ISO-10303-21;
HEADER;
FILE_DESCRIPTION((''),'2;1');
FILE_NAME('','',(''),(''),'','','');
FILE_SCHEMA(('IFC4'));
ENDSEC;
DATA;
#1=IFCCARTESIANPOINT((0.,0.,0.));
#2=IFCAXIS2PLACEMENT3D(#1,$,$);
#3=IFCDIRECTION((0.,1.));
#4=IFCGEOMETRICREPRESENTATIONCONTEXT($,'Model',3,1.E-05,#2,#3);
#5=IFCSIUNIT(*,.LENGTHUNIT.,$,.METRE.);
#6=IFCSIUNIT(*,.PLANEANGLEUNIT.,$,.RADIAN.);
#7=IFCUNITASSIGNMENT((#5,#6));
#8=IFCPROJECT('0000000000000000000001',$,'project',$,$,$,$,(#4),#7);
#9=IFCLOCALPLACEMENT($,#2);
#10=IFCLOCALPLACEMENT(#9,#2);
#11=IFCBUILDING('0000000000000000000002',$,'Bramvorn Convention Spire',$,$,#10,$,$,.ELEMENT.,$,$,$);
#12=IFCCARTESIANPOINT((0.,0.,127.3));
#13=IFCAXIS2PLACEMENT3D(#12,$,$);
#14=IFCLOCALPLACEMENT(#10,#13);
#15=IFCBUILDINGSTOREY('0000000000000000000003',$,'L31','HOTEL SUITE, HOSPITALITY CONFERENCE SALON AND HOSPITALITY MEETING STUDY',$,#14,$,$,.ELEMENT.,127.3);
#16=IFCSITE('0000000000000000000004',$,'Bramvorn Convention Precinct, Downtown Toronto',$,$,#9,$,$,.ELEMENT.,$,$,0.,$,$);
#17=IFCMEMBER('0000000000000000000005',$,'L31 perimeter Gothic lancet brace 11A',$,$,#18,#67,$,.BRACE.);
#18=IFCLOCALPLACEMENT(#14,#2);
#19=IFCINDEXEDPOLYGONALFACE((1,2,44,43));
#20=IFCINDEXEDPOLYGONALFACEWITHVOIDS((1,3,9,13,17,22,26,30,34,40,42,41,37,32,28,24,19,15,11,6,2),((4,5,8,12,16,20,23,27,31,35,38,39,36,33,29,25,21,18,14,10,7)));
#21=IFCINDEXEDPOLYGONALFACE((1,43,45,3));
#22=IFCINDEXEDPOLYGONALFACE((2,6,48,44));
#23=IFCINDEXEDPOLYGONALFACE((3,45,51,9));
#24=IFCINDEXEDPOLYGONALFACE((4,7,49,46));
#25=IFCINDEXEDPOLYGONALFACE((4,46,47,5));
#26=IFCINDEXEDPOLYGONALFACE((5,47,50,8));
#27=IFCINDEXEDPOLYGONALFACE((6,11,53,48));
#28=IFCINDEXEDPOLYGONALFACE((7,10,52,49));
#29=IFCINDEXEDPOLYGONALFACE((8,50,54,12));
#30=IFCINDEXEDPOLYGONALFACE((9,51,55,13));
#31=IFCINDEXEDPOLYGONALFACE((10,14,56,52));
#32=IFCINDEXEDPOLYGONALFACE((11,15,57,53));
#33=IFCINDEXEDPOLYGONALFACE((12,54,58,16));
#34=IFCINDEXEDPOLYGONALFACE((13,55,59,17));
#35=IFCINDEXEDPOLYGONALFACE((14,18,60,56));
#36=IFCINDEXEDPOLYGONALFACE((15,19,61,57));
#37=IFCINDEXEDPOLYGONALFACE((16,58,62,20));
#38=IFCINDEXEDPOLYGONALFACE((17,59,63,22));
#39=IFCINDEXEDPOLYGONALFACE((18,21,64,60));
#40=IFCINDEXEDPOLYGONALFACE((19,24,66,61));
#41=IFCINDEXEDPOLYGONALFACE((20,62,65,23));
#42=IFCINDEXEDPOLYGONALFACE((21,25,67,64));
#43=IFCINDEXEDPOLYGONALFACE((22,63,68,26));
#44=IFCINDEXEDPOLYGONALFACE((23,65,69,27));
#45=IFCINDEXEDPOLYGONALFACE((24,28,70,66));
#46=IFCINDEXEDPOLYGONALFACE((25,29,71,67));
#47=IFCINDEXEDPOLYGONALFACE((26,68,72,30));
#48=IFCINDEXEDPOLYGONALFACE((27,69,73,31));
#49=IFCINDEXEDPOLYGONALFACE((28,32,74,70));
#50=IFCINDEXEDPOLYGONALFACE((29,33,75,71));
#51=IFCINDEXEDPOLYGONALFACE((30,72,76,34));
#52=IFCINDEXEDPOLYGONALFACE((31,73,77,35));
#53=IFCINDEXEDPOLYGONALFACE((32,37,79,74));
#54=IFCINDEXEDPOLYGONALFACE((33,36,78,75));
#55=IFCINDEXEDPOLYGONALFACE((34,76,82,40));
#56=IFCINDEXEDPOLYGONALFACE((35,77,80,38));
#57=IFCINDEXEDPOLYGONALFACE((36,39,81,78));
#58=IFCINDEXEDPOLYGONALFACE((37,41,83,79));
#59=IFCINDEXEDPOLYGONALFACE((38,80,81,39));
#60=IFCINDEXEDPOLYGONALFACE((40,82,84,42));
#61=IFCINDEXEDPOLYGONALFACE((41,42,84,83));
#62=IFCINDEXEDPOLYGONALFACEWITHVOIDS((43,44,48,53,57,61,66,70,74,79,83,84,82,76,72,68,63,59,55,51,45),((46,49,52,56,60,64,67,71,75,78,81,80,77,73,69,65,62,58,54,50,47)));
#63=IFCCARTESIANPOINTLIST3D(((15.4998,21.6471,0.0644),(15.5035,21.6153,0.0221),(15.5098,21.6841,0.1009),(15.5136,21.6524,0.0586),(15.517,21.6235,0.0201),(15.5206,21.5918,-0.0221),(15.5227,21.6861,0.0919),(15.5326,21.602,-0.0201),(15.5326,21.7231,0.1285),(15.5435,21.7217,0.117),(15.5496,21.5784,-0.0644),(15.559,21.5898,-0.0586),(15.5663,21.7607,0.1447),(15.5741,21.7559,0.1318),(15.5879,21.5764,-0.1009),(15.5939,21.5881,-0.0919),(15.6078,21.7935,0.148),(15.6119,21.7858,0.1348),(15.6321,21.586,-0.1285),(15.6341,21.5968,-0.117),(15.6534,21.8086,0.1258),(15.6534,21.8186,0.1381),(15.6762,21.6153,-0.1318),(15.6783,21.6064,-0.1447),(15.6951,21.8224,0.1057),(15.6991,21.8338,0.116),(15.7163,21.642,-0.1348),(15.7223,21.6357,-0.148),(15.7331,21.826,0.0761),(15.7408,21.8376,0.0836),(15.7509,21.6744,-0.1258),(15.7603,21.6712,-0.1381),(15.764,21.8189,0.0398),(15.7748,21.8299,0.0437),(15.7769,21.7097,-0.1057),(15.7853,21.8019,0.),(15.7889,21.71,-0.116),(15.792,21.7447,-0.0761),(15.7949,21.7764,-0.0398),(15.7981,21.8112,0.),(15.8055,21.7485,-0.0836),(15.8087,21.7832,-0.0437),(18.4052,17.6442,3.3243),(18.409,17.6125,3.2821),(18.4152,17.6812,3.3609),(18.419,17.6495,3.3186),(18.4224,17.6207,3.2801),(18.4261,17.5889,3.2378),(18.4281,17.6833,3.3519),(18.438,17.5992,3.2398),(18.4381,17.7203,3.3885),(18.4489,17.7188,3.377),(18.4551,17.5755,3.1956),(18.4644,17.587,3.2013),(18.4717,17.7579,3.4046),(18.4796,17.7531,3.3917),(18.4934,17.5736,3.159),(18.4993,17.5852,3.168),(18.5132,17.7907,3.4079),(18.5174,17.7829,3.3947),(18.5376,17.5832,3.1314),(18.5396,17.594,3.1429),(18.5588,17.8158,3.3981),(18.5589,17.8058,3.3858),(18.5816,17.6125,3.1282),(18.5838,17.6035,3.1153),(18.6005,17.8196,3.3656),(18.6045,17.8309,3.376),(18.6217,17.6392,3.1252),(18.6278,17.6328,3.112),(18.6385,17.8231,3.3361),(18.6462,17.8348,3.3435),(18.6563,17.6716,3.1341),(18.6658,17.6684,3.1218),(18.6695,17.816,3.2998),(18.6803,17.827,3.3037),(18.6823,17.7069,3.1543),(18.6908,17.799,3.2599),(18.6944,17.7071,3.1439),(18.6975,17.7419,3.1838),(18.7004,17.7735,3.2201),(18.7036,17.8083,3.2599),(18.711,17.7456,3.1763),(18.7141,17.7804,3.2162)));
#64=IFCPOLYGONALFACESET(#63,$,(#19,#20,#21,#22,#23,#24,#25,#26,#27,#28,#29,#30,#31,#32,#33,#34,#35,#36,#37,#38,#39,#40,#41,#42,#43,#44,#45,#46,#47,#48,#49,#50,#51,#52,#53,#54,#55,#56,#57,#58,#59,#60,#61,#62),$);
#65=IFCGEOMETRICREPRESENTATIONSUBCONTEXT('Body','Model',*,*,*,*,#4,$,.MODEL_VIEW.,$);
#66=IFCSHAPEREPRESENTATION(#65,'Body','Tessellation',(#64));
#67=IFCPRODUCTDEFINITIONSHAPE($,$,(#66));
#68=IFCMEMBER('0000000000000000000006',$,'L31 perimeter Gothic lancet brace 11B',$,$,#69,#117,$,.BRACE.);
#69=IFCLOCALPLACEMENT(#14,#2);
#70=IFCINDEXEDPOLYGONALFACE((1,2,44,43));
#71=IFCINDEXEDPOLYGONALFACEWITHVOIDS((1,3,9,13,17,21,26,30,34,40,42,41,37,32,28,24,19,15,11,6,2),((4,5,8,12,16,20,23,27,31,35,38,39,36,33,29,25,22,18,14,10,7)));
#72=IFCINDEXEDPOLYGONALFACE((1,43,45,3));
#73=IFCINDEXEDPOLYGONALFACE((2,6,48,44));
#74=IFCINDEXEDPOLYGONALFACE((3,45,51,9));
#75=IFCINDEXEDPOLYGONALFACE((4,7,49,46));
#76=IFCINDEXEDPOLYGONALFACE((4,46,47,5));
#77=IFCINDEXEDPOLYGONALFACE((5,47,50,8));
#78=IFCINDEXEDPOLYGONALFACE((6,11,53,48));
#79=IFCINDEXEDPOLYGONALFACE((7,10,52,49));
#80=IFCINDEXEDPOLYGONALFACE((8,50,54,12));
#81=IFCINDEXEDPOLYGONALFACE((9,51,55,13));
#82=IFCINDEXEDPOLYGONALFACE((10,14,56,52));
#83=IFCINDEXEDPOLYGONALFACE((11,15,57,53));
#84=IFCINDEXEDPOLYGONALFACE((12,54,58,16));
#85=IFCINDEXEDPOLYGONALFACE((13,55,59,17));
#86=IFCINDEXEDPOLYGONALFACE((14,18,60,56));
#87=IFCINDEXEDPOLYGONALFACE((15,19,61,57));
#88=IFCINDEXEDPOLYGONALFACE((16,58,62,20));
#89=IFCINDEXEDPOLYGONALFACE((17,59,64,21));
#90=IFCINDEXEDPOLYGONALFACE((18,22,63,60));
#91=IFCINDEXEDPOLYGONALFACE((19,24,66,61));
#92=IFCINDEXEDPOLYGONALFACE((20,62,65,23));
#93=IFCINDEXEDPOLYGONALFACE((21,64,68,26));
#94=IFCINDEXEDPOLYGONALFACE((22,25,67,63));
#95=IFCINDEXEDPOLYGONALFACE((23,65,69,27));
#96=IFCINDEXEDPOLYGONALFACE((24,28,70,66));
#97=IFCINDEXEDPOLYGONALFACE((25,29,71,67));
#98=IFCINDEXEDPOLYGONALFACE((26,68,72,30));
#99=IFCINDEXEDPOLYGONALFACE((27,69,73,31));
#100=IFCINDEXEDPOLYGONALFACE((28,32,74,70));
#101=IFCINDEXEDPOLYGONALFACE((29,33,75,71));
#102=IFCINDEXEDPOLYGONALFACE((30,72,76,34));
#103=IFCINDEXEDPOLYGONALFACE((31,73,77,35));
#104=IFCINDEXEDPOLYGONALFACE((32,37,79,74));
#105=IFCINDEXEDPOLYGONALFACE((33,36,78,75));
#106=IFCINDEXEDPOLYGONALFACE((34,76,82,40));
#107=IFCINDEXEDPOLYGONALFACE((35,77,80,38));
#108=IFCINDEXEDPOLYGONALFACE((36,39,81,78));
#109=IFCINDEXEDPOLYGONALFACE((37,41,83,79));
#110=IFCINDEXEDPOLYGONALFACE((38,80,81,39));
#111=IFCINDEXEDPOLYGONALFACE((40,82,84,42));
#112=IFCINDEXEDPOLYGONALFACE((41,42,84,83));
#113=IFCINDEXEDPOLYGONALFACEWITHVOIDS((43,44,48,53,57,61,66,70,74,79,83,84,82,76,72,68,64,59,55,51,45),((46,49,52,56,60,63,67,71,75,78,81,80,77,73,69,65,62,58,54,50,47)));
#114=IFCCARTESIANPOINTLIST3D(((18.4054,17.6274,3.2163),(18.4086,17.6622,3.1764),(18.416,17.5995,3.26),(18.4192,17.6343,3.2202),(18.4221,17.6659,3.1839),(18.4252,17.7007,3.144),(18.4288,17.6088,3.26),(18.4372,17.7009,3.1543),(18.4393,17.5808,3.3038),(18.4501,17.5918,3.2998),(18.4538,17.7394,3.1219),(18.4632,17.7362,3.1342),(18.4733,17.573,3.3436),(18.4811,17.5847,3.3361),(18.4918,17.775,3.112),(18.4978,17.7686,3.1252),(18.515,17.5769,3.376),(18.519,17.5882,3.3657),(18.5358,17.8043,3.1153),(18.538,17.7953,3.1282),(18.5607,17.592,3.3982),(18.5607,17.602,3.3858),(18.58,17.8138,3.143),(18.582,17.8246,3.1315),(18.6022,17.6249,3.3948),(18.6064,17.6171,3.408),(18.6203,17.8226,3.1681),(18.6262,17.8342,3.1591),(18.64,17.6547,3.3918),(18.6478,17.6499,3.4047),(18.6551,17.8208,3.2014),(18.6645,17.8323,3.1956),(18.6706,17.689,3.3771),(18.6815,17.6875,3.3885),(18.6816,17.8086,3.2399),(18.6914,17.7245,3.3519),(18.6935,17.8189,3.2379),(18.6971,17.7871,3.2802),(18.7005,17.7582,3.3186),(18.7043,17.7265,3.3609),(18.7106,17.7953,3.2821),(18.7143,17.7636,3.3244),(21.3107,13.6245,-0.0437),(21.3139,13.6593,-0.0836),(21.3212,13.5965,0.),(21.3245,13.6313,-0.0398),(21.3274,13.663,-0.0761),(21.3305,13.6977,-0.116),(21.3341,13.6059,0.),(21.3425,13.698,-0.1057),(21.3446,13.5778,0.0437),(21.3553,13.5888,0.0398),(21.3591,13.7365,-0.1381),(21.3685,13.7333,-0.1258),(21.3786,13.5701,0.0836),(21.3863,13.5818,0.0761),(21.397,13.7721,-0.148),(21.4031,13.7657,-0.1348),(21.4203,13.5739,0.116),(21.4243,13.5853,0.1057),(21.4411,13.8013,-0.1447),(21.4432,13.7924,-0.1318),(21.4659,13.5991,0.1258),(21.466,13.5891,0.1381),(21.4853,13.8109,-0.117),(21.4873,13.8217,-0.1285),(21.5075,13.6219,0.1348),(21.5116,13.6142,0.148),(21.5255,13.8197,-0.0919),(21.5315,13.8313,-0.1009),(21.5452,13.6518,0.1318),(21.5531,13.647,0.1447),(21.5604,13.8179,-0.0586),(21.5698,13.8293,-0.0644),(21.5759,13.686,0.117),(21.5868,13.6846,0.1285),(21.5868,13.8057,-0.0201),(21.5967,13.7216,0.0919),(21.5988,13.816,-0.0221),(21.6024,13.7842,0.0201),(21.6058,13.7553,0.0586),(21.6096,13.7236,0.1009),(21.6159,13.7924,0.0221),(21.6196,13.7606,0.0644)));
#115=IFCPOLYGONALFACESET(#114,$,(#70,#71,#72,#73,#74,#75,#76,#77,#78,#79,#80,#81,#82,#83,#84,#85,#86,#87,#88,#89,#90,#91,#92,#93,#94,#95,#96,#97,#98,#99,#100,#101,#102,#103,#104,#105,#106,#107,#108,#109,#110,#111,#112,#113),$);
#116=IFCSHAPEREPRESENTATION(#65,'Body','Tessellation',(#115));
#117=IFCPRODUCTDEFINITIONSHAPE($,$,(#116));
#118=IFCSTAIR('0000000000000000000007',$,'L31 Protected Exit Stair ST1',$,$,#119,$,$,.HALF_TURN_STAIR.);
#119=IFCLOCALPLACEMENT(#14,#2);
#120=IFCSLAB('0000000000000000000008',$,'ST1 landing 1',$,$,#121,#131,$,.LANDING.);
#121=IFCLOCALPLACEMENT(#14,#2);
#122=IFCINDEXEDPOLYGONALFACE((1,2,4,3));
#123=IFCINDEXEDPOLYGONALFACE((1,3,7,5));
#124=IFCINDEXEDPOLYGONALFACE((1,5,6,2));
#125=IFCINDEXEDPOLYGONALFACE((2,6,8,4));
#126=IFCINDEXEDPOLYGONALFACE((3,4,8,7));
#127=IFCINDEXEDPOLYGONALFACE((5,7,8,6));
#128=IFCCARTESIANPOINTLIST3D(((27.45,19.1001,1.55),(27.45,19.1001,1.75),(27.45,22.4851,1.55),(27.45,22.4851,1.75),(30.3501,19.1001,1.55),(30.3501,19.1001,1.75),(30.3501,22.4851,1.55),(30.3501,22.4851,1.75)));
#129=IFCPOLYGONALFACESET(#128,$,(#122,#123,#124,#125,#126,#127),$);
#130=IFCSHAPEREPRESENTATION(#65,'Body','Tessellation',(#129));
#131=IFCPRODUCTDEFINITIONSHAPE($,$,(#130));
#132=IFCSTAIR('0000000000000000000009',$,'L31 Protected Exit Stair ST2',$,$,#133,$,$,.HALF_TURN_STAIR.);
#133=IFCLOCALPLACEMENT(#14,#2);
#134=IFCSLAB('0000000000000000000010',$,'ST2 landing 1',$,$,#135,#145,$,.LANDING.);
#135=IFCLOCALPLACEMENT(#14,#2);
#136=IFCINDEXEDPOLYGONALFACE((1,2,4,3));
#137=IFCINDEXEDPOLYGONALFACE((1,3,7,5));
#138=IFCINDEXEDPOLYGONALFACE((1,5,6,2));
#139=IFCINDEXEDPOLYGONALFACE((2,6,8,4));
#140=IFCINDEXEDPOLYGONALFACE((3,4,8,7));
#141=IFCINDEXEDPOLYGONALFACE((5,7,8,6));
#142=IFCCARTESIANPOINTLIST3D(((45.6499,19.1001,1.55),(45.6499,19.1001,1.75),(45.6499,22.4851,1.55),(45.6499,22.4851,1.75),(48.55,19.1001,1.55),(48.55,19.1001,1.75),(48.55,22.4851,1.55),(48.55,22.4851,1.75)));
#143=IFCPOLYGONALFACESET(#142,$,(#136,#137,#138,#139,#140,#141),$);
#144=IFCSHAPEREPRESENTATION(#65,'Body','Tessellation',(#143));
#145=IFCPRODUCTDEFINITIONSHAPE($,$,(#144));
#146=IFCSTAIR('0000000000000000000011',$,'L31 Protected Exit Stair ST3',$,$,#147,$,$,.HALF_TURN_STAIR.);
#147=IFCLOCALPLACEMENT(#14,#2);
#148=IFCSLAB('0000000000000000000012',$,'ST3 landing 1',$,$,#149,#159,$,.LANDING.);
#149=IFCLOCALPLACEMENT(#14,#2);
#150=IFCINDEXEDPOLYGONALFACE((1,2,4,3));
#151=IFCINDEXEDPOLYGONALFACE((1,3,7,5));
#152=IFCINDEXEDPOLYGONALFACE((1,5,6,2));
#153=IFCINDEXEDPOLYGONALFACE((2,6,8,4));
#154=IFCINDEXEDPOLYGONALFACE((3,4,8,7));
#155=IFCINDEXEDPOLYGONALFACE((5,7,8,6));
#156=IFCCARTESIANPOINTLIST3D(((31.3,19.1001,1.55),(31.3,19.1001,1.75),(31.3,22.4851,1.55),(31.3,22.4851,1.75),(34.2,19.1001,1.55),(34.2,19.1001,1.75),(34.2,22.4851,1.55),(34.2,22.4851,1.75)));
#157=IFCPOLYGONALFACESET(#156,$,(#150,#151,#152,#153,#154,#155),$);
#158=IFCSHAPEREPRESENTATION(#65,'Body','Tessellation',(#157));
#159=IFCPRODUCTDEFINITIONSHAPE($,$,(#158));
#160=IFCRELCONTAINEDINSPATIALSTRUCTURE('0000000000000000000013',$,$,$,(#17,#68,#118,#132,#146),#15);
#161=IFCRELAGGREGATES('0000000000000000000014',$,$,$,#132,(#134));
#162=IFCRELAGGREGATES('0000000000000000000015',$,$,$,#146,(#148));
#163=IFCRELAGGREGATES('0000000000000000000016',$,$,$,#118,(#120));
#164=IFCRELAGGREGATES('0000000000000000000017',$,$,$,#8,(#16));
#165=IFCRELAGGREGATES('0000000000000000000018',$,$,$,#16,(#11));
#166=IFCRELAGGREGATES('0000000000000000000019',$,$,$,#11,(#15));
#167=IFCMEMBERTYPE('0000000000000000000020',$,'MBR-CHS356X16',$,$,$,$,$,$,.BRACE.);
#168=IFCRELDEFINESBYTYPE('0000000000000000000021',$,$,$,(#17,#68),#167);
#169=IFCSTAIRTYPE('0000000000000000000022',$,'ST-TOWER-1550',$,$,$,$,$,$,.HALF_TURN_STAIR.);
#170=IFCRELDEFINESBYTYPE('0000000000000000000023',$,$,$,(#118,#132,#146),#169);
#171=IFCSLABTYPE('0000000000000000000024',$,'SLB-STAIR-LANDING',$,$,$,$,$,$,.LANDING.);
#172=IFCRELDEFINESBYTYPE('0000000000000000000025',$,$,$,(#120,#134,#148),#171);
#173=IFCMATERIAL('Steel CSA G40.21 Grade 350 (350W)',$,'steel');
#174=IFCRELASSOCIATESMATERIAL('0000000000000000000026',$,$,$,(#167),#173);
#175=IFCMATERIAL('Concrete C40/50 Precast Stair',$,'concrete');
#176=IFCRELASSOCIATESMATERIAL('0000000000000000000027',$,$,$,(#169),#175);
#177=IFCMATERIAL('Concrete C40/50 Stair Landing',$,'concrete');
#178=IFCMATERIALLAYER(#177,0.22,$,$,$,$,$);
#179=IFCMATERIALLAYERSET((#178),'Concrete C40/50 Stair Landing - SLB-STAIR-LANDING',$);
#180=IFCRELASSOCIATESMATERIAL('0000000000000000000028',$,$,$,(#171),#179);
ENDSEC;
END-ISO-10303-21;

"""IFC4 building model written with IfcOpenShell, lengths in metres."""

from ifc_helpers import new_model, si_unit, direction, frame, origin, origin_2d, place, context, subcontext, project, spatial, polyline, hollow_circle, outline, extrude, material, layer, layer_set, material_profile, profile_set, type_object, element, aggregate, save


model = new_model("IFC4")

# Units and contexts
model_context = context("Model", 3, precision=1e-05, world=origin(), true_north=direction((0.0, 1.0)))
body_context = subcontext(model_context, "Body", "Model", "MODEL_VIEW")
ifc_project = project(units=[si_unit("LENGTHUNIT", "METRE"), si_unit("PLANEANGLEUNIT", "RADIAN")], contexts=[model_context])

# Site, building, storey
site_placement = place(None, origin())
site = spatial("IfcSite", under=ifc_project, at=site_placement, Name="Bramvorn Convention Precinct, Downtown Toronto", CompositionType="ELEMENT", RefElevation=0.0)
building_placement = place(site_placement, origin())
building = spatial("IfcBuilding", under=site, at=building_placement, Name="Bramvorn Convention Spire", CompositionType="ELEMENT")
storey_placement = place(building_placement, frame((0.0, 0.0, 127.3)))
storey = spatial("IfcBuildingStorey", under=building, at=storey_placement, Name="L31", Description="HOTEL SUITE, HOSPITALITY CONFERENCE SALON AND HOSPITALITY MEETING STUDY", CompositionType="ELEMENT", Elevation=127.3)

# Shared definitions
ifc_material_1 = material(Name="Steel CSA G40.21 Grade 350 (350W)", Category="steel")

# Members
ifc_material_profile_1 = material_profile(ifc_material_1, hollow_circle(Radius=0.1777, WallThickness=0.0159, at=origin_2d()))
ifc_profile_set_1 = profile_set([ifc_material_profile_1], Name="Steel CSA G40.21 Grade 350 (350W) - CHS356X16")
member_type = type_object("IfcMemberType", Name="MBR-CHS356X16", PredefinedType="BRACE", material=ifc_profile_set_1)
for number, where, z_axis, x_axis, name in (
    (1, (15.6543, 21.7068, 0.0), (0.49047, -0.67572, 0.55031), (0.809284, 0.587417, 0.0), "L31 perimeter Gothic lancet brace 11A"),
    (2, (21.4651, 13.7009, 0.0), (-0.490439, 0.675734, 0.550322), (-0.809308, -0.587385, 0.0), "L31 perimeter Gothic lancet brace 11B"),
):
    element("IfcMember", number, at=place(storey_placement, frame(where, z_axis=z_axis, x_axis=x_axis)), inside=storey, type_object=member_type, Name=name, PredefinedType="BRACE", context=body_context, shape_type="SweptSolid", body=[
        extrude(hollow_circle(Radius=0.1777, WallThickness=0.0159, at=origin_2d()), origin(), (0.0, 0.0, 1.0), 5.9238),
    ])

# Stairs, slabs
ifc_material_2 = material(Name="Concrete C40/50 Precast Stair", Category="concrete")
stair_type = type_object("IfcStairType", Name="ST-TOWER-1550", PredefinedType="HALF_TURN_STAIR", material=ifc_material_2)
stair_1_placement = place(storey_placement, origin())
stair_1 = element("IfcStair", 3, at=stair_1_placement, inside=storey, type_object=stair_type, Name="L31 Protected Exit Stair ST1", PredefinedType="HALF_TURN_STAIR")
ifc_material_3 = material(Name="Concrete C40/50 Stair Landing", Category="concrete")
ifc_layer_1 = layer(ifc_material_3, 0.22)
ifc_layer_set_1 = layer_set([ifc_layer_1], Name="Concrete C40/50 Stair Landing - SLB-STAIR-LANDING")
slab_type_1 = type_object("IfcSlabType", Name="SLB-STAIR-LANDING", PredefinedType="LANDING", material=ifc_layer_set_1)
slab_1_placement = place(storey_placement, frame((0.0, 0.0, 1.55)))
slab_1 = element("IfcSlab", 4, at=slab_1_placement, type_object=slab_type_1, Name="ST1 landing 1", PredefinedType="LANDING", context=body_context, shape_type="SweptSolid", body=[
    extrude(outline(polyline([(27.45, 22.4851), (27.45, 19.1001), (30.3501, 19.1001), (30.3501, 22.4851), (27.45, 22.4851)])), origin(), (0.0, 0.0, 1.0), 0.2),
])
stair_2_placement = place(storey_placement, origin())
stair_2 = element("IfcStair", 5, at=stair_2_placement, inside=storey, type_object=stair_type, Name="L31 Protected Exit Stair ST2", PredefinedType="HALF_TURN_STAIR")
slab_2_placement = place(storey_placement, frame((0.0, 0.0, 1.55)))
slab_2 = element("IfcSlab", 6, at=slab_2_placement, type_object=slab_type_1, Name="ST2 landing 1", PredefinedType="LANDING", context=body_context, shape_type="SweptSolid", body=[
    extrude(outline(polyline([(45.6499, 22.4851), (45.6499, 19.1001), (48.55, 19.1001), (48.55, 22.4851), (45.6499, 22.4851)])), origin(), (0.0, 0.0, 1.0), 0.2),
])
aggregate(stair_2, [slab_2])
stair_3_placement = place(storey_placement, origin())
stair_3 = element("IfcStair", 7, at=stair_3_placement, inside=storey, type_object=stair_type, Name="L31 Protected Exit Stair ST3", PredefinedType="HALF_TURN_STAIR")
slab_3_placement = place(storey_placement, frame((0.0, 0.0, 1.55)))
slab_3 = element("IfcSlab", 8, at=slab_3_placement, type_object=slab_type_1, Name="ST3 landing 1", PredefinedType="LANDING", context=body_context, shape_type="SweptSolid", body=[
    extrude(outline(polyline([(31.3, 22.4851), (31.3, 19.1001), (34.2, 19.1001), (34.2, 22.4851), (31.3, 22.4851)])), origin(), (0.0, 0.0, 1.0), 0.2),
])
aggregate(stair_3, [slab_3])

aggregate(stair_1, [slab_1])

save(model, "model.ifc")
